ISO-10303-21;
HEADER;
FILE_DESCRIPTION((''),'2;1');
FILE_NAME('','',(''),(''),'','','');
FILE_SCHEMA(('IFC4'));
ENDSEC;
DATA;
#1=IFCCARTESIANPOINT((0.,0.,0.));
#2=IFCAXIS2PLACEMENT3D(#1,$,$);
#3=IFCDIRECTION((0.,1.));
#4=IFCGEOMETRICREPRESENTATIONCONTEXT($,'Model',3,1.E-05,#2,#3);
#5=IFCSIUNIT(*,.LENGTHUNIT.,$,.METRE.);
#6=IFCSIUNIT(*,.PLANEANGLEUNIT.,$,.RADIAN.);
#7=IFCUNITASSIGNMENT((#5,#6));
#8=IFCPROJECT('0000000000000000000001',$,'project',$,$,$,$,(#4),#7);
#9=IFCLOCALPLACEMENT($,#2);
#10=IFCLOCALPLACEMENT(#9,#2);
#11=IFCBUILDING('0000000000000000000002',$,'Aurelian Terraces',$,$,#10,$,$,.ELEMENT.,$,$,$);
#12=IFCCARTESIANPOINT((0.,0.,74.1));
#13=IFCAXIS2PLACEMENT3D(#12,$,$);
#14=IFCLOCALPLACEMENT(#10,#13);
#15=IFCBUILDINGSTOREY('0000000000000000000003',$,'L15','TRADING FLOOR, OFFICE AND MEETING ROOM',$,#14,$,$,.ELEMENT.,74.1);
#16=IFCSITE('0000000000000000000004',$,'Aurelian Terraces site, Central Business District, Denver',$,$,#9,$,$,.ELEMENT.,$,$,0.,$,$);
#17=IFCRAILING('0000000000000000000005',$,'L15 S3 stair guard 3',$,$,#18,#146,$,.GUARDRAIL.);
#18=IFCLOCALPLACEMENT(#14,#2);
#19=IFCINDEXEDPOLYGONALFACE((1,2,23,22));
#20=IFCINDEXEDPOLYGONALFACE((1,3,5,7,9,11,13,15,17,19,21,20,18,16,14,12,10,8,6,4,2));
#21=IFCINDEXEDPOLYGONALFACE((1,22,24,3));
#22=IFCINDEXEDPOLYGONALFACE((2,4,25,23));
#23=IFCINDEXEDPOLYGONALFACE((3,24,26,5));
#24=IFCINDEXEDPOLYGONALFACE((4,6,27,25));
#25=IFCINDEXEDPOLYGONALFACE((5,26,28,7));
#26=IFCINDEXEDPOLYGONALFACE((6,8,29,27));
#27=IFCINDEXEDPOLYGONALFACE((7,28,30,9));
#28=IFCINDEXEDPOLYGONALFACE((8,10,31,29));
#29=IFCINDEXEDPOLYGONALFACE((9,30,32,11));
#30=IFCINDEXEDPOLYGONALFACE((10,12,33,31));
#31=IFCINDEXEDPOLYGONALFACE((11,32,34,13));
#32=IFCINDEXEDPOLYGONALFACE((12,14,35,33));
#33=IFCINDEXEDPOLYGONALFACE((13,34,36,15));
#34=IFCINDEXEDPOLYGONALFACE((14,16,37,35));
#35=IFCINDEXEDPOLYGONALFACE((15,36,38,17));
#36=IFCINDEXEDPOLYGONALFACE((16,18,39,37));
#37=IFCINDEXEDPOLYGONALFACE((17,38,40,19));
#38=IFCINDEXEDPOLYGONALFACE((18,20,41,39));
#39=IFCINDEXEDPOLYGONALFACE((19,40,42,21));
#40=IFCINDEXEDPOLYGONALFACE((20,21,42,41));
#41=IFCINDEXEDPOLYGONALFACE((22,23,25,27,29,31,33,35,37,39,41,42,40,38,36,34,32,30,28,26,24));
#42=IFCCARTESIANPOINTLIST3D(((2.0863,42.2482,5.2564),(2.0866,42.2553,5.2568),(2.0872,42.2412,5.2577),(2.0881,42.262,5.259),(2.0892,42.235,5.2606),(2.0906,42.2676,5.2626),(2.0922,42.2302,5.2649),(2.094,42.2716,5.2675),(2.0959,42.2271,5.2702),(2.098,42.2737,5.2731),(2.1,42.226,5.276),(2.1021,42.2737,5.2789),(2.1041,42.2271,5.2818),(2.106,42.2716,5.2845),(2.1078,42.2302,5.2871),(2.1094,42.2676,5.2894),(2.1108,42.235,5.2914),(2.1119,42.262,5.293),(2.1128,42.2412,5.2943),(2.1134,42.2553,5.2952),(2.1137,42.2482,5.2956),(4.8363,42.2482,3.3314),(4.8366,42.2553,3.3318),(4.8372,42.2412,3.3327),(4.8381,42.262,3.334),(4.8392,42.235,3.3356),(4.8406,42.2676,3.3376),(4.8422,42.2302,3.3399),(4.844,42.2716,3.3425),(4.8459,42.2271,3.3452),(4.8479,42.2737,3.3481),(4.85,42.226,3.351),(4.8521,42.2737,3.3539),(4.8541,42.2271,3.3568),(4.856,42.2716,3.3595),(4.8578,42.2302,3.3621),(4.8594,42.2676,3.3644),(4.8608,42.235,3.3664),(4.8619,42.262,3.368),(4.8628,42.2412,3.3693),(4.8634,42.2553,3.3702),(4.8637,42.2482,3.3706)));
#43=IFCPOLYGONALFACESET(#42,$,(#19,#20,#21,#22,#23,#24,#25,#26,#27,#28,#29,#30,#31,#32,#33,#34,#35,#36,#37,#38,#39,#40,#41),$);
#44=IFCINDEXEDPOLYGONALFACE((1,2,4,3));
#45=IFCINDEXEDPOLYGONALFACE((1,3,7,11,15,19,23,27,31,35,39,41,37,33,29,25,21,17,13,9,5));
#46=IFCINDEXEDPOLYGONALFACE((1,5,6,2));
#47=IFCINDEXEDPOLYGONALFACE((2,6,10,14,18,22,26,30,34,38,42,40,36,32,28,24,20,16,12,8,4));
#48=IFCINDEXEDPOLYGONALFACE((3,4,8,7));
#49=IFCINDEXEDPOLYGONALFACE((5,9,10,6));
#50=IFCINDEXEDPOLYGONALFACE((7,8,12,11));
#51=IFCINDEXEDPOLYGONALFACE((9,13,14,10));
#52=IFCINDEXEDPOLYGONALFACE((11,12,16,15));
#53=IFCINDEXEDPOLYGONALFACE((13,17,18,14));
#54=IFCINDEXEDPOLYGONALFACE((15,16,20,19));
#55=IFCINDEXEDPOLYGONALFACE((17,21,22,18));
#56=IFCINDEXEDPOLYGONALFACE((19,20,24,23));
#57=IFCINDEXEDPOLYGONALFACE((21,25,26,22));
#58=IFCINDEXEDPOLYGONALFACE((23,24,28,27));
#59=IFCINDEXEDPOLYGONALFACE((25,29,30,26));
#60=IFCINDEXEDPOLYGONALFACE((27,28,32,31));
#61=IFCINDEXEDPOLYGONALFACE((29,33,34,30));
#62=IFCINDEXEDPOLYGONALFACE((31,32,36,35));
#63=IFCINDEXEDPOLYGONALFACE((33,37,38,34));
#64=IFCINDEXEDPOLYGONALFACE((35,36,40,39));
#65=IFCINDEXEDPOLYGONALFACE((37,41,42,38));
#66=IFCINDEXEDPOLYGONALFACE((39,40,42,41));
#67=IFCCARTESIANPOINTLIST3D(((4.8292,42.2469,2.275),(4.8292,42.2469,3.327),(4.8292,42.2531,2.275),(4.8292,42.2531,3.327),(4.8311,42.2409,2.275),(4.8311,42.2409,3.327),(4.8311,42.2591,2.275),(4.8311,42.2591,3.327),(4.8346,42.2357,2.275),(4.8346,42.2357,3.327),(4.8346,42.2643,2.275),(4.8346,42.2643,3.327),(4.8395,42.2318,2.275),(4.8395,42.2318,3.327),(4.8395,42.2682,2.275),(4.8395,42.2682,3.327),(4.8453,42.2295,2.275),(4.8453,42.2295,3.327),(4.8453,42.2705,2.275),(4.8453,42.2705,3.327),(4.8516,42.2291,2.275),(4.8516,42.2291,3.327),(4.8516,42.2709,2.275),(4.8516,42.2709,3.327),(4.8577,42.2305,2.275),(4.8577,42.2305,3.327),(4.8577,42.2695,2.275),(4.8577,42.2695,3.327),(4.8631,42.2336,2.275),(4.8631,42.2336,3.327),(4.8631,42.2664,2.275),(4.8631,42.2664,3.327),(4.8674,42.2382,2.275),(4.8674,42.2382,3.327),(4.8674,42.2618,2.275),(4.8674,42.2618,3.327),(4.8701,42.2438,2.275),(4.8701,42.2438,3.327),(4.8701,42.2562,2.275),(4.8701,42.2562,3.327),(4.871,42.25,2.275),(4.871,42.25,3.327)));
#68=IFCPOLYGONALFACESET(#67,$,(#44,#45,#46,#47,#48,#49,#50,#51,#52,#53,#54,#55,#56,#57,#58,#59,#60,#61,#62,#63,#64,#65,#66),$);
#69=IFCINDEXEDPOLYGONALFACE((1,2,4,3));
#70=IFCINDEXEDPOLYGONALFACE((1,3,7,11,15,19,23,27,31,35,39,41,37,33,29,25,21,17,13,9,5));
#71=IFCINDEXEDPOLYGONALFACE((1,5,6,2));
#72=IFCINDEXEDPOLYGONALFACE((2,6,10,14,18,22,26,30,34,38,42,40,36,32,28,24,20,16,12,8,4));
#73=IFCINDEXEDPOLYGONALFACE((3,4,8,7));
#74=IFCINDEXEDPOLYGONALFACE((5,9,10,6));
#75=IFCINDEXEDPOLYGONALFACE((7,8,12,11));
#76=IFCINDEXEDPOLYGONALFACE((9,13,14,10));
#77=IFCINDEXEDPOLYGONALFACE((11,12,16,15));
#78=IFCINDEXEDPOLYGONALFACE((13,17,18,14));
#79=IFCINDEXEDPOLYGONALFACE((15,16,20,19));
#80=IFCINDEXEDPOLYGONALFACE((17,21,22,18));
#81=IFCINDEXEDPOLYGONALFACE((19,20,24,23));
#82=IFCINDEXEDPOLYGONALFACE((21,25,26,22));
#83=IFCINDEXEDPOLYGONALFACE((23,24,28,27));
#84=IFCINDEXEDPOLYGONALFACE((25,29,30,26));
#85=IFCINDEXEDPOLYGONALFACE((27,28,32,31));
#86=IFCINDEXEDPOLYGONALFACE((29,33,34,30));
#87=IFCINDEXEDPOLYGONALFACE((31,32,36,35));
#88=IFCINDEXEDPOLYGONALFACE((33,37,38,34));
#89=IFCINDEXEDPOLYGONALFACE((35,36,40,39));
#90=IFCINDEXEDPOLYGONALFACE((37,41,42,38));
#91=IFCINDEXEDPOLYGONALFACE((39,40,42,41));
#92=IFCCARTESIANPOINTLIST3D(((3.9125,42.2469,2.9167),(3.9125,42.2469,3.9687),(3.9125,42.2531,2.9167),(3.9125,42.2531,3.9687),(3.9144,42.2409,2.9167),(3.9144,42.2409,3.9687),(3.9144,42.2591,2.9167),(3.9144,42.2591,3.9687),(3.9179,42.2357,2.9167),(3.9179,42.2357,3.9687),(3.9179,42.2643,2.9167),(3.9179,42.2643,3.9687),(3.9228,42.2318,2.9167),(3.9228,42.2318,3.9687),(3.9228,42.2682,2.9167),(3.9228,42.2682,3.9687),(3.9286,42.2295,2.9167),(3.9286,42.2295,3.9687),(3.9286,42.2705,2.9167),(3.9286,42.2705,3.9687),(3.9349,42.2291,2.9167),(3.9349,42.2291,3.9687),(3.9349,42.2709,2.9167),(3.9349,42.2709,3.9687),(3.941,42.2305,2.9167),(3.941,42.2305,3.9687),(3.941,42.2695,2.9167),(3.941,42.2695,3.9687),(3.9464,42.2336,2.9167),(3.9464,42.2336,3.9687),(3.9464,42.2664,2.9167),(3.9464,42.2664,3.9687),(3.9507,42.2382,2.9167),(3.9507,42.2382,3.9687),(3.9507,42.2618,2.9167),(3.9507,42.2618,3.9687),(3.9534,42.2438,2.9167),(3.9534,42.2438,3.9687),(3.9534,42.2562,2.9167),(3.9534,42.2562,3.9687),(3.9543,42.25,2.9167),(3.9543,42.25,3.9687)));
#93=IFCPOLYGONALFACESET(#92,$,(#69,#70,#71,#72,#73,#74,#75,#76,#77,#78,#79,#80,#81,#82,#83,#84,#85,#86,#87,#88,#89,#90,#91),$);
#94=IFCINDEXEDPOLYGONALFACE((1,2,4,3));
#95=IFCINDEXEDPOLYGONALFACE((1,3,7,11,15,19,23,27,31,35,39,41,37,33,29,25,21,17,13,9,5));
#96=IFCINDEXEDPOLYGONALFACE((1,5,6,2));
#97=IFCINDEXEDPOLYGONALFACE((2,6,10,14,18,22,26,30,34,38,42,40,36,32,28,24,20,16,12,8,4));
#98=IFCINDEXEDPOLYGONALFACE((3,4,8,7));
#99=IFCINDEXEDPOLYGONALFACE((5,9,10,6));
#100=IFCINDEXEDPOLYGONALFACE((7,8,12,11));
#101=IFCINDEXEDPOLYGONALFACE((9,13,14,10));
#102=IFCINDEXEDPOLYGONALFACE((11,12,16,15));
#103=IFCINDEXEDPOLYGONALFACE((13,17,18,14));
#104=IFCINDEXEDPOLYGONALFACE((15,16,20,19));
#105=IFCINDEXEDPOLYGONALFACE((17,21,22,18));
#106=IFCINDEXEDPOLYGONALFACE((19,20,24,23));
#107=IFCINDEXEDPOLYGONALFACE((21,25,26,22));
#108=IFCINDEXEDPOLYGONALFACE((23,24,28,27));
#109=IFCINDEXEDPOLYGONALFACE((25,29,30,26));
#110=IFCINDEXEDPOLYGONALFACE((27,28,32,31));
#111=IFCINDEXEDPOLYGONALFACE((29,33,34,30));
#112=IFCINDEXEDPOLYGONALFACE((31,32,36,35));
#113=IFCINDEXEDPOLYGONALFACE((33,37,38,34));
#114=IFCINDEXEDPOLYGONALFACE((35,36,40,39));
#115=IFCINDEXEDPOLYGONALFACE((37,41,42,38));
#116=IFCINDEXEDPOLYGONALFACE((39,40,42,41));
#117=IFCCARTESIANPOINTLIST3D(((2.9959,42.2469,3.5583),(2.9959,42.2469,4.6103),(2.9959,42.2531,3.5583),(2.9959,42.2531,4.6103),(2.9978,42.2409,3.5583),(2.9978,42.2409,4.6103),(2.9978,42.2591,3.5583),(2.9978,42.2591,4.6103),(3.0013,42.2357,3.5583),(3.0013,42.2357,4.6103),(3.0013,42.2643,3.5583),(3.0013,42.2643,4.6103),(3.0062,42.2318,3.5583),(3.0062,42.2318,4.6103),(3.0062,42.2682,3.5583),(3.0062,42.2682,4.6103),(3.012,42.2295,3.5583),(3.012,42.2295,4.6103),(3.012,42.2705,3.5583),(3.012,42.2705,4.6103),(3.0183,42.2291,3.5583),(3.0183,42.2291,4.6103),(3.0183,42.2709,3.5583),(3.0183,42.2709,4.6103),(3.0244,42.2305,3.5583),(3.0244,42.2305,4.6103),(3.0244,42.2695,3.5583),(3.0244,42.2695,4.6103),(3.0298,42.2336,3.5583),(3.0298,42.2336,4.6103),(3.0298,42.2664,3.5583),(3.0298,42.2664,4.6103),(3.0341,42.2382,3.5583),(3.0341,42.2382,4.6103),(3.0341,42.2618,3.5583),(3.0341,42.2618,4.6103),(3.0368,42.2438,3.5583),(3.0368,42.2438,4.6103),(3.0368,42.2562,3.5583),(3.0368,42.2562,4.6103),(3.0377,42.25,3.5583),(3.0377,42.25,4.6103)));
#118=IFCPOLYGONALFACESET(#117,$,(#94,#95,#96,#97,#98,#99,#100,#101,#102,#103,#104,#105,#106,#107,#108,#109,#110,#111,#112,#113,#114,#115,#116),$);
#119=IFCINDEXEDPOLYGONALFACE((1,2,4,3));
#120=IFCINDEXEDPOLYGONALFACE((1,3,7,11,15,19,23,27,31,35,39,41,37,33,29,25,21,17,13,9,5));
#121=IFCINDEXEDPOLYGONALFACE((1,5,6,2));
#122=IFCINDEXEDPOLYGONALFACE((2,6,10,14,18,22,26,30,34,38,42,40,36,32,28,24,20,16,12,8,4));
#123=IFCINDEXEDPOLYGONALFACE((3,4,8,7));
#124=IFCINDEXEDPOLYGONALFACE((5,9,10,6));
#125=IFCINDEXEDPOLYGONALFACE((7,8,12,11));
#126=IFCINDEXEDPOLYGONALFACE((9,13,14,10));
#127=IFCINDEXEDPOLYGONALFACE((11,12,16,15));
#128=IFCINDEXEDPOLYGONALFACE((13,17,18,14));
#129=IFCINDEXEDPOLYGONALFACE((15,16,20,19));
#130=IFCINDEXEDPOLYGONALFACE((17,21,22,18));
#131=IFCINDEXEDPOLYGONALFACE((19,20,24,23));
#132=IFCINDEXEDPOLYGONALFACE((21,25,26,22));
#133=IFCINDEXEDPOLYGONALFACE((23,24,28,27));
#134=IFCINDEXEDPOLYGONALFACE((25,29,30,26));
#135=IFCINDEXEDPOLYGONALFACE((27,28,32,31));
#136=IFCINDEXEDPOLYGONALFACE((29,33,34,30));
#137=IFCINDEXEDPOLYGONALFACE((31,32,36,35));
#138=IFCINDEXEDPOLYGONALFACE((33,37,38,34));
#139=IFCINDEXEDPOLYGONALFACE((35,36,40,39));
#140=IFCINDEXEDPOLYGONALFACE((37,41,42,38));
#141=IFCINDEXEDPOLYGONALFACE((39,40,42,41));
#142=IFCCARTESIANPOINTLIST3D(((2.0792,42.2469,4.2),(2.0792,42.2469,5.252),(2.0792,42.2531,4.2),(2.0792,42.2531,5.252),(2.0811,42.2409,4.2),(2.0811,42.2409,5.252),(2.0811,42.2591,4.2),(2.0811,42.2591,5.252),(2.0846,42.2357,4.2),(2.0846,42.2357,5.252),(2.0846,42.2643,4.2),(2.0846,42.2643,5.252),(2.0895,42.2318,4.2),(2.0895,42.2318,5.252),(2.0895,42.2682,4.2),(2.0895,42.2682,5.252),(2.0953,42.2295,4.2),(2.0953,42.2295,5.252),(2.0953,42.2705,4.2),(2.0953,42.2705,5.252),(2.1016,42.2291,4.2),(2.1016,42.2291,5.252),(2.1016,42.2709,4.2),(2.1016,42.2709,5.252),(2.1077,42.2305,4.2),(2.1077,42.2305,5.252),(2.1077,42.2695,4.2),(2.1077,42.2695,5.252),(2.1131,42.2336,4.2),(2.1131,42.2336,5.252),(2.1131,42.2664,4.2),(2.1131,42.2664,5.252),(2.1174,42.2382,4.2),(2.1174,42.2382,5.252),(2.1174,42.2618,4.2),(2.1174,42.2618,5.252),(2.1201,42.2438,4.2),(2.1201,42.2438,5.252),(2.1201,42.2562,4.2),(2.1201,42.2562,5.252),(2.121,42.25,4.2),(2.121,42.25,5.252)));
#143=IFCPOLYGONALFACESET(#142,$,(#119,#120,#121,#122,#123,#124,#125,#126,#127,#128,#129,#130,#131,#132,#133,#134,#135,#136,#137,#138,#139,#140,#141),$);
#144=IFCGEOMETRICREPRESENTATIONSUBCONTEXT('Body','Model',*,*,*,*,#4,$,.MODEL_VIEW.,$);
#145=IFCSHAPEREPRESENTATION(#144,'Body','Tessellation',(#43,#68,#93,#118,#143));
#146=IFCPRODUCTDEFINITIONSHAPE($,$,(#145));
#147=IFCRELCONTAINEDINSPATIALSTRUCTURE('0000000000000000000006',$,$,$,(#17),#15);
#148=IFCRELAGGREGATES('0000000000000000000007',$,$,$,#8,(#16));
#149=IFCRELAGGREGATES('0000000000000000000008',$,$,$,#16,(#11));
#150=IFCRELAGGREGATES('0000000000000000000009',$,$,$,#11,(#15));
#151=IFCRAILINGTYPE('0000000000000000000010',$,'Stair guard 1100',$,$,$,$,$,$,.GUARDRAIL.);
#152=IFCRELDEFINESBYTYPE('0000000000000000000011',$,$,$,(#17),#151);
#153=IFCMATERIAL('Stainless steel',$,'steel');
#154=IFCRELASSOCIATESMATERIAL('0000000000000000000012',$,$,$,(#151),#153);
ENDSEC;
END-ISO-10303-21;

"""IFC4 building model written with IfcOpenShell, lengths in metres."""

from ifc_helpers import new_model, si_unit, direction, frame, origin, origin_2d, place, context, subcontext, project, spatial, circle, extrude, source, transform, mapped, material, type_object, element, save


model = new_model("IFC4")

# Units and contexts
model_context = context("Model", 3, precision=1e-05, world=origin(), true_north=direction((0.0, 1.0)))
body_context = subcontext(model_context, "Body", "Model", "MODEL_VIEW")
ifc_project = project(units=[si_unit("LENGTHUNIT", "METRE"), si_unit("PLANEANGLEUNIT", "RADIAN")], contexts=[model_context])

# Site, building, storey
site_placement = place(None, origin())
site = spatial("IfcSite", under=ifc_project, at=site_placement, Name="Aurelian Terraces site, Central Business District, Denver", CompositionType="ELEMENT", RefElevation=0.0)
building_placement = place(site_placement, origin())
building = spatial("IfcBuilding", under=site, at=building_placement, Name="Aurelian Terraces", CompositionType="ELEMENT")
storey_placement = place(building_placement, frame((0.0, 0.0, 74.1)))
storey = spatial("IfcBuildingStorey", under=building, at=storey_placement, Name="L15", Description="TRADING FLOOR, OFFICE AND MEETING ROOM", CompositionType="ELEMENT", Elevation=74.1)

# Railing
ifc_material_1 = material(Name="Stainless steel", Category="steel")
railing_type_1 = type_object("IfcRailingType", Name="Stair guard 1100", PredefinedType="GUARDRAIL", material=ifc_material_1)
shared_shape_1 = source(origin(), body_context, "Body", "SweptSolid", [
    extrude(circle(Radius=0.024, at=origin_2d()), frame((0.0, 0.0, 1.076), z_axis=(-0.819232, 0.0, 0.573462), x_axis=(0.0, -1.0, 0.0)), (0.0, 0.0, 1.0), 3.3568),
    extrude(circle(Radius=0.021, at=origin_2d()), origin(), (0.0, 0.0, 1.0), 1.052),
    extrude(circle(Radius=0.021, at=origin_2d()), frame((-0.9167, 0.0, 0.6417)), (0.0, 0.0, 1.0), 1.052),
    extrude(circle(Radius=0.021, at=origin_2d()), frame((-1.8333, 0.0, 1.2833)), (0.0, 0.0, 1.0), 1.052),
    extrude(circle(Radius=0.021, at=origin_2d()), frame((-2.75, 0.0, 1.925)), (0.0, 0.0, 1.0), 1.052),
])
railing_1_placement = place(storey_placement, frame((4.85, 42.25, 2.275)))
element("IfcRailing", 1, at=railing_1_placement, inside=storey, type_object=railing_type_1, Name="L15 S3 stair guard 3", PredefinedType="GUARDRAIL", context=body_context, shape_type="MappedRepresentation", body=[
    mapped(shared_shape_1, transform((0.0, 0.0, 0.0), scale=1.0)),
])

save(model, "model.ifc")
